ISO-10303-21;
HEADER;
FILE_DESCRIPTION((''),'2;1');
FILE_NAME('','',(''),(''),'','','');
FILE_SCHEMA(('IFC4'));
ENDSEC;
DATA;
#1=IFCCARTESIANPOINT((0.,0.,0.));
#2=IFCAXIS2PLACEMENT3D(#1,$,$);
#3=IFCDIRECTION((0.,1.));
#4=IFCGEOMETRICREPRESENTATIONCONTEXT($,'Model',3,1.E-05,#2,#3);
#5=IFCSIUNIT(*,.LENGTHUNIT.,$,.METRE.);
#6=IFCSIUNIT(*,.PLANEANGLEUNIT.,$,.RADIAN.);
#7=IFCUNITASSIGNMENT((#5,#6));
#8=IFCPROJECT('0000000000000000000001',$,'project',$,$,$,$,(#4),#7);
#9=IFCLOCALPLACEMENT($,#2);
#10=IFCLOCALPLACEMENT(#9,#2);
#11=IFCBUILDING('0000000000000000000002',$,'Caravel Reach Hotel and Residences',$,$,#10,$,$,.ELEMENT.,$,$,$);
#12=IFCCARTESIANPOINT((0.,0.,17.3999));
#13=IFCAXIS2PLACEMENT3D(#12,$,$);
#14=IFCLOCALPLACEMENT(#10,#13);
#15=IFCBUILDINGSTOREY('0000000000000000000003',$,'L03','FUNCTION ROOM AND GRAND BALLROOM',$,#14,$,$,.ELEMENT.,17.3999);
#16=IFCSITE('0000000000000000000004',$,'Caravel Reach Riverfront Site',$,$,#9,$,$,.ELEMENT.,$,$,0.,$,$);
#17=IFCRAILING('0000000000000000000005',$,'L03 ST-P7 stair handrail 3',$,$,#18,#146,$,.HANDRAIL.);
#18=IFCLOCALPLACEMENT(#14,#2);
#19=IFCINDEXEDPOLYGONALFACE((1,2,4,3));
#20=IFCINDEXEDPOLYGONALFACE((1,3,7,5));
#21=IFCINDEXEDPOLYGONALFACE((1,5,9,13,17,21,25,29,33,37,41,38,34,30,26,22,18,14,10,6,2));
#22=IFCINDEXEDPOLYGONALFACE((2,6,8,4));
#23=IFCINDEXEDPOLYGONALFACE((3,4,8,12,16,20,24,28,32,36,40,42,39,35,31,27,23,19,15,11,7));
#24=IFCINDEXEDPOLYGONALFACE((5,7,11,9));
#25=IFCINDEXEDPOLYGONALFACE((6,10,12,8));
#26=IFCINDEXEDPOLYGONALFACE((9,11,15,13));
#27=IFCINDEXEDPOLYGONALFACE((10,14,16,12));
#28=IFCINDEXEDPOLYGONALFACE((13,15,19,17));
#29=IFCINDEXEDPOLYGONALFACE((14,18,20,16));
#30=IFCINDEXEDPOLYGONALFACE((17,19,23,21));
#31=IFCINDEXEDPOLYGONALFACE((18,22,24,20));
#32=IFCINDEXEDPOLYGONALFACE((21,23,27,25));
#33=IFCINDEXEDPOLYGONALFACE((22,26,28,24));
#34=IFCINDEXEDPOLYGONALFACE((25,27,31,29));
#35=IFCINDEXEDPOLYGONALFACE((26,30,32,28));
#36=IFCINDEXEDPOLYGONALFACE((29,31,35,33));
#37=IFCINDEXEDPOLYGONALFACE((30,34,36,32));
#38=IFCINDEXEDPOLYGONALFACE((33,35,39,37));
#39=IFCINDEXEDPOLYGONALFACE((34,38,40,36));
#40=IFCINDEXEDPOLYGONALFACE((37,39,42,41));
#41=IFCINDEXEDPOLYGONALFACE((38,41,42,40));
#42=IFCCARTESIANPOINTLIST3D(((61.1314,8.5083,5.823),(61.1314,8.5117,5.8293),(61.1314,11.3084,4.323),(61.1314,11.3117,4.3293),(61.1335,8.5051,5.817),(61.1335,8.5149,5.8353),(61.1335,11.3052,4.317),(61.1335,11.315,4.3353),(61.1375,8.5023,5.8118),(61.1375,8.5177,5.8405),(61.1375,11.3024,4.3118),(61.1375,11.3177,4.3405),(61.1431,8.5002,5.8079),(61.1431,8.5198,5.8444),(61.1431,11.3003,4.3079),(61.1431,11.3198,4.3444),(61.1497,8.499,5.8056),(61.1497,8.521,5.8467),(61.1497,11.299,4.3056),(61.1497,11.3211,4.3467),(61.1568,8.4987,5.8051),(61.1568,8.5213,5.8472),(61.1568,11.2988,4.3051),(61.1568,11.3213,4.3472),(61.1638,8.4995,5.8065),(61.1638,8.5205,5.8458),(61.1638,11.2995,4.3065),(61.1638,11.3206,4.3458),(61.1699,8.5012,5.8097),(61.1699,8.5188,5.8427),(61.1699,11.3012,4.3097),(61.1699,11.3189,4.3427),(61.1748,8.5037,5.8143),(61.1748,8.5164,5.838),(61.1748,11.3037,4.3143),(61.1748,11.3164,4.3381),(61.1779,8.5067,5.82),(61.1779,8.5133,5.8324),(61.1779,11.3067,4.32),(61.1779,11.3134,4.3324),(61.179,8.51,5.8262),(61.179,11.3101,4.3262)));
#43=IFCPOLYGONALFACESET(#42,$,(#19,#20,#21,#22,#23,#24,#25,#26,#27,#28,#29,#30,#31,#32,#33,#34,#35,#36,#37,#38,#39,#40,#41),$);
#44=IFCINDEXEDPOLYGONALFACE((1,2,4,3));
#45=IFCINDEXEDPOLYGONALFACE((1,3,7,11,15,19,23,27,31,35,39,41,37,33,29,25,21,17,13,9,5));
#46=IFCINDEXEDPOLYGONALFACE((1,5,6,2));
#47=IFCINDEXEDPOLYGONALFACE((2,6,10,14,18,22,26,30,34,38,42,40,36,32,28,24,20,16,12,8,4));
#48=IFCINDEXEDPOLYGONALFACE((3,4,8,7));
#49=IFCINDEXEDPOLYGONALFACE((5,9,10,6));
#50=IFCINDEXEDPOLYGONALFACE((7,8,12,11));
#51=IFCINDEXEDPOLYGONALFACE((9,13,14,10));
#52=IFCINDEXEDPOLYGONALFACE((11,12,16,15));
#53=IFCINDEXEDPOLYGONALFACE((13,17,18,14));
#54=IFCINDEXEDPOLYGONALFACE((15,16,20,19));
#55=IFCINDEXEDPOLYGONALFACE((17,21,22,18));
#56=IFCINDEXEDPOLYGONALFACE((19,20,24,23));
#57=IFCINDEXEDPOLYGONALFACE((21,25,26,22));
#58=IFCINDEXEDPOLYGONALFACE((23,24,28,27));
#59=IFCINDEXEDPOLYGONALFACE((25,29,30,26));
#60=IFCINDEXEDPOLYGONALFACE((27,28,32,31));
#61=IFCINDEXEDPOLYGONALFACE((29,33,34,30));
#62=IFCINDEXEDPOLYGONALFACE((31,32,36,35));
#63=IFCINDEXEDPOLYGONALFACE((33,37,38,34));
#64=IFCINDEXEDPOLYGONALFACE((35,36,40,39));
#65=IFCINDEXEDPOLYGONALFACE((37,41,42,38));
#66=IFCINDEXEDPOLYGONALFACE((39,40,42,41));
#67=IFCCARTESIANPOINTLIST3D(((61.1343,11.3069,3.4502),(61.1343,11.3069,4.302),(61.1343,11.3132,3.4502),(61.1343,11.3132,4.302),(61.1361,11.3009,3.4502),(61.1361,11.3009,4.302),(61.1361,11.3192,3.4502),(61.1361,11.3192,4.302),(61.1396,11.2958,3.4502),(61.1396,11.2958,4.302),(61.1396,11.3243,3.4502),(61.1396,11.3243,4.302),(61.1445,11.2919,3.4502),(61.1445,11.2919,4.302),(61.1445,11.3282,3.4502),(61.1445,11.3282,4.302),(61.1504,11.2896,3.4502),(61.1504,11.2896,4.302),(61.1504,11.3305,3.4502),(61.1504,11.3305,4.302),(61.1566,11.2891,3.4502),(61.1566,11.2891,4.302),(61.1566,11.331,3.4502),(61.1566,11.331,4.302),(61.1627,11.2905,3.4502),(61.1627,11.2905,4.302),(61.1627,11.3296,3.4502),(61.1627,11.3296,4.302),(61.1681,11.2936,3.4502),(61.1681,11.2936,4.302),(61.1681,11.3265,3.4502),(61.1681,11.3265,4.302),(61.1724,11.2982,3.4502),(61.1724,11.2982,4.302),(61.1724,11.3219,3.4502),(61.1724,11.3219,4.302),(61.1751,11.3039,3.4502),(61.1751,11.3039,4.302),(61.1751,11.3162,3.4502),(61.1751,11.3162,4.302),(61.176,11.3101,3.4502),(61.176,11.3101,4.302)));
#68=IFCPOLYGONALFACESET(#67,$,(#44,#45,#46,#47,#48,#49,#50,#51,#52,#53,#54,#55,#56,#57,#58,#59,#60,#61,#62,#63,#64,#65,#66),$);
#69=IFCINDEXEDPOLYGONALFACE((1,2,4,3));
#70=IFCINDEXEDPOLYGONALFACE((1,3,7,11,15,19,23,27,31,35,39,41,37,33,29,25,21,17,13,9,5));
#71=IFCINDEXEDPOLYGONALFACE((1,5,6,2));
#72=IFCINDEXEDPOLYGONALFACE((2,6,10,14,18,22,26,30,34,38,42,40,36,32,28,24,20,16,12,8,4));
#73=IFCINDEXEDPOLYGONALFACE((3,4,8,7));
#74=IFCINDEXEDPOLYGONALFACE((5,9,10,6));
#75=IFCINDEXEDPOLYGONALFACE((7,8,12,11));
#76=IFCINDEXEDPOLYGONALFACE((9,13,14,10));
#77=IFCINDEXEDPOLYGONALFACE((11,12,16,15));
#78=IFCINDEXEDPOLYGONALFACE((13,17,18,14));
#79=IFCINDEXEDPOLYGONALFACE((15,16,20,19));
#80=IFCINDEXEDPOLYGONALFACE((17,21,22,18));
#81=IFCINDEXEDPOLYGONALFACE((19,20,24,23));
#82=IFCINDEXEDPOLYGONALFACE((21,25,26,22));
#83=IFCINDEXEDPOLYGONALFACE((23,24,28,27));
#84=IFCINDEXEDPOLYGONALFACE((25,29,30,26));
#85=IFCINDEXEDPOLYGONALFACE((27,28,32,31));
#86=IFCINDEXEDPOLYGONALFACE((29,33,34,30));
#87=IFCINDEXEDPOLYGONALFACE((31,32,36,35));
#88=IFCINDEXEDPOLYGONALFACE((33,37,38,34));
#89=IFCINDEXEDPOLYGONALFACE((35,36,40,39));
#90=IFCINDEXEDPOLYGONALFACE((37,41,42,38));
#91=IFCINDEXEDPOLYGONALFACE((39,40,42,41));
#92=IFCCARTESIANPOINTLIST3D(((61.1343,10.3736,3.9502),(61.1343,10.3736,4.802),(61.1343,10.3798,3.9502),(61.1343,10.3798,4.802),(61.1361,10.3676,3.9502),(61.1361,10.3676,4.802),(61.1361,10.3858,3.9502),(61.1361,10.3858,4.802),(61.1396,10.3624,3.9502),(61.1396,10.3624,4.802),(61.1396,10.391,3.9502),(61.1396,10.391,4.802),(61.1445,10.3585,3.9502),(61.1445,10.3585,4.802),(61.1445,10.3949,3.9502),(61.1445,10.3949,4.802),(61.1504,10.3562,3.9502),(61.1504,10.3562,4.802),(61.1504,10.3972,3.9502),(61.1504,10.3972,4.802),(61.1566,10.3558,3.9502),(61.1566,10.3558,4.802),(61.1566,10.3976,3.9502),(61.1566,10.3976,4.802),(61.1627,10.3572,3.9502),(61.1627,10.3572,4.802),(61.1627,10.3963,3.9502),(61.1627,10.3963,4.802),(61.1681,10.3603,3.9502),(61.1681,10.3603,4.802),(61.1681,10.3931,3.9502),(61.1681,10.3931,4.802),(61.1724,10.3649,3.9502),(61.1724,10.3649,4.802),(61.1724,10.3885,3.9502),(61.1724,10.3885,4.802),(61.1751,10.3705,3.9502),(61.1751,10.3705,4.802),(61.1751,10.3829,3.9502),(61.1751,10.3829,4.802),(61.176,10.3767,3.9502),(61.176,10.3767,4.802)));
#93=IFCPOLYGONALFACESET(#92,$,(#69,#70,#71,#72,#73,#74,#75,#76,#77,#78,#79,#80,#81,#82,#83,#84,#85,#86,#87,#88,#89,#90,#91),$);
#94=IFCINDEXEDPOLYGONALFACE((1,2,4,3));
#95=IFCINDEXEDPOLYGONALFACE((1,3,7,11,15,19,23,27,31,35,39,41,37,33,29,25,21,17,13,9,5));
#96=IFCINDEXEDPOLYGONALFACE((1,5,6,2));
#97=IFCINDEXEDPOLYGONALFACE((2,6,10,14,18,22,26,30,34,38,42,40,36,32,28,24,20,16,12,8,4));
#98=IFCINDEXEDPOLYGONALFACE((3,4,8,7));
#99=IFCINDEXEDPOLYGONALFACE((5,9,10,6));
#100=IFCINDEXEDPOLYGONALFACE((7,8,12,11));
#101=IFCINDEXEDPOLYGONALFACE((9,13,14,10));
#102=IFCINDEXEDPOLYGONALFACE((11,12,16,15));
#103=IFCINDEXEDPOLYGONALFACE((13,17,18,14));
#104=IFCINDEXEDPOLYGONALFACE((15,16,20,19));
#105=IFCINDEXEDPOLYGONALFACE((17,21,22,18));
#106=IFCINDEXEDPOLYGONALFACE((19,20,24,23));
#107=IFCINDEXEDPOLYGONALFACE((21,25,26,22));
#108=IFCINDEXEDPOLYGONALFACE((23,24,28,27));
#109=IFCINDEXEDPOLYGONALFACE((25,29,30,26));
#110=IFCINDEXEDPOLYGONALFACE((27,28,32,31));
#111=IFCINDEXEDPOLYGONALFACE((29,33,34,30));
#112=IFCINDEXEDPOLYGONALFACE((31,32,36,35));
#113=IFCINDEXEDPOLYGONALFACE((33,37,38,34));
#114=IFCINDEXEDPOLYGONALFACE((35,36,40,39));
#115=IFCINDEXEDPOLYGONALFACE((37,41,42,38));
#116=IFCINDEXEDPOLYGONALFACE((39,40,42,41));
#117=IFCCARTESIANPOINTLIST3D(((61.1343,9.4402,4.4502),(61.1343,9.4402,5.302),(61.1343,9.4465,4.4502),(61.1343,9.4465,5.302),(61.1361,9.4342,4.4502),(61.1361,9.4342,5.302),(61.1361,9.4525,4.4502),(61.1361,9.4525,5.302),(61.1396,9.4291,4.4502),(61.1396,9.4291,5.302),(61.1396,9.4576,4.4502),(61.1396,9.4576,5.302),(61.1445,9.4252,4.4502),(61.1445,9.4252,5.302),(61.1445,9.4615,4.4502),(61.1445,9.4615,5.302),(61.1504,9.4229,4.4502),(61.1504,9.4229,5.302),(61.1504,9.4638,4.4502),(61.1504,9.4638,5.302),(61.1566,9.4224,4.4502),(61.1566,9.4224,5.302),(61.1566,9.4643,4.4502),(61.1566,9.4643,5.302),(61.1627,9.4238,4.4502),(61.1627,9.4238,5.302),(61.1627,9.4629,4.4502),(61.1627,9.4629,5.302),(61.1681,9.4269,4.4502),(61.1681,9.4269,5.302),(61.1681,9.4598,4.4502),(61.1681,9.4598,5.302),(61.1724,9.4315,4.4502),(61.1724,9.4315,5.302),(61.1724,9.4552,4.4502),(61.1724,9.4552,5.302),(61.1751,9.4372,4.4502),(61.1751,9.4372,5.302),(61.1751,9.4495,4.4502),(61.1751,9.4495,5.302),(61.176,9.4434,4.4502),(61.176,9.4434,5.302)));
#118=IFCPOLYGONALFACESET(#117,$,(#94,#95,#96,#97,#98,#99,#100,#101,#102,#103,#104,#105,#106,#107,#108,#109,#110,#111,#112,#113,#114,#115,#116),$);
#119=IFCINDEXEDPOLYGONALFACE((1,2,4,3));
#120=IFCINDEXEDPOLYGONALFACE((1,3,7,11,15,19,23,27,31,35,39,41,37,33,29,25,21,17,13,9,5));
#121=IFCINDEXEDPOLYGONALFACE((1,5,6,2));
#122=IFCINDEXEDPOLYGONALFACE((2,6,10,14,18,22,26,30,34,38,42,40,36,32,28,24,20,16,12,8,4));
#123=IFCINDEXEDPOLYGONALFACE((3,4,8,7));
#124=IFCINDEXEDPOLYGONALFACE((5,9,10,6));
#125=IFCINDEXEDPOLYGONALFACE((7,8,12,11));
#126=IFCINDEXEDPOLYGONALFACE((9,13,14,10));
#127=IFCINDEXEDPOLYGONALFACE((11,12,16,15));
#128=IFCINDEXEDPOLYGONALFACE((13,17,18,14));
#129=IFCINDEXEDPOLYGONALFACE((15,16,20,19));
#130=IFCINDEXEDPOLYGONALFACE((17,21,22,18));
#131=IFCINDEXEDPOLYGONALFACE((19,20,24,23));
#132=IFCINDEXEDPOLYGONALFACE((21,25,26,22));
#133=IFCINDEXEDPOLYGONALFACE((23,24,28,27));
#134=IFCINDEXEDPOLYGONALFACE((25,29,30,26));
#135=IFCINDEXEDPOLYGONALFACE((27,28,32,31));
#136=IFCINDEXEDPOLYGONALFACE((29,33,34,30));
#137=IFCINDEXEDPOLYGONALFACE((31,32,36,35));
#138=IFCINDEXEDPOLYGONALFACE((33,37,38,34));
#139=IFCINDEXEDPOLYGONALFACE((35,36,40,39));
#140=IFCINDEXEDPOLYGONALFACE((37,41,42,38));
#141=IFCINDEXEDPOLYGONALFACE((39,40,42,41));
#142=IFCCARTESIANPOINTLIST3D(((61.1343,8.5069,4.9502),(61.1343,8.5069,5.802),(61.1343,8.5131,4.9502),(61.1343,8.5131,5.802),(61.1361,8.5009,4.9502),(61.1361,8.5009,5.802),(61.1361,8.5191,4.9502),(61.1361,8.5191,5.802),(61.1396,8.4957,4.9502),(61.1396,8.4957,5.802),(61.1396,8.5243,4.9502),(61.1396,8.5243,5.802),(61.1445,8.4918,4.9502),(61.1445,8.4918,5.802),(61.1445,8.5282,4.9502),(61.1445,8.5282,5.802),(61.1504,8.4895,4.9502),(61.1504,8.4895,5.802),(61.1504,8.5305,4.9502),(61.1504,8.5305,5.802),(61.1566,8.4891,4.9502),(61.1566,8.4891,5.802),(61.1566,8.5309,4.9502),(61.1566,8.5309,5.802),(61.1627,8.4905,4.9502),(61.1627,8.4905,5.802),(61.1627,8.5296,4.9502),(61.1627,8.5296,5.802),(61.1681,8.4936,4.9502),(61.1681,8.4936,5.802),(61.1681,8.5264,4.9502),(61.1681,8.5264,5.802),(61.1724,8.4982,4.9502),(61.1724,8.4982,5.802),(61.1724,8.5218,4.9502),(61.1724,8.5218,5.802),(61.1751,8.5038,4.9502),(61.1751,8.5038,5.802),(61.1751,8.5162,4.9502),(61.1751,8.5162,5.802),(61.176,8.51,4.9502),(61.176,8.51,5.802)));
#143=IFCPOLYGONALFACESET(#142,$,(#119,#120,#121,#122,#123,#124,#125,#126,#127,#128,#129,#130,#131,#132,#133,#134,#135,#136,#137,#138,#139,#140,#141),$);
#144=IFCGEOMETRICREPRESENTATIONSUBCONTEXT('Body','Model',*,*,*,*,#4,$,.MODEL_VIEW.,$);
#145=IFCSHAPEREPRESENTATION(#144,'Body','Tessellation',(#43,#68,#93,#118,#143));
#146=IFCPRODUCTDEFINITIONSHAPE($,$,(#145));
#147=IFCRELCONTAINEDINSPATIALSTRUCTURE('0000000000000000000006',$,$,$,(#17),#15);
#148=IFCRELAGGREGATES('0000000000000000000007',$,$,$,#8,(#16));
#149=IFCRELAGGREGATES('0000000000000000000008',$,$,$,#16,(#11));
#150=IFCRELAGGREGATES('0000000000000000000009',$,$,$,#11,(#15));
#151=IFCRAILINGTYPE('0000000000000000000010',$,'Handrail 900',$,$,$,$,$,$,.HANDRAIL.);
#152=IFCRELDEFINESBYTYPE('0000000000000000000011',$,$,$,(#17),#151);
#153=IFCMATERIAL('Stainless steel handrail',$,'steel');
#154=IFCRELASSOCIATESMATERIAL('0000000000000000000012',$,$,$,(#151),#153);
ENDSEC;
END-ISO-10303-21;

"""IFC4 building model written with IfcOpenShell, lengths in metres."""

from ifc_helpers import new_model, si_unit, direction, frame, origin, origin_2d, place, context, subcontext, project, spatial, circle, extrude, material, type_object, element, save


model = new_model("IFC4")

# Units and contexts
model_context = context("Model", 3, precision=1e-05, world=origin(), true_north=direction((0.0, 1.0)))
body_context = subcontext(model_context, "Body", "Model", "MODEL_VIEW")
ifc_project = project(units=[si_unit("LENGTHUNIT", "METRE"), si_unit("PLANEANGLEUNIT", "RADIAN")], contexts=[model_context])

# Site, building, storey
site_placement = place(None, origin())
site = spatial("IfcSite", under=ifc_project, at=site_placement, Name="Caravel Reach Riverfront Site", CompositionType="ELEMENT", RefElevation=0.0)
building_placement = place(site_placement, origin())
building = spatial("IfcBuilding", under=site, at=building_placement, Name="Caravel Reach Hotel and Residences", CompositionType="ELEMENT")
storey_placement = place(building_placement, frame((0.0, 0.0, 17.3999)))
storey = spatial("IfcBuildingStorey", under=building, at=storey_placement, Name="L03", Description="FUNCTION ROOM AND GRAND BALLROOM", CompositionType="ELEMENT", Elevation=17.3999)

# Railing
ifc_material_1 = material(Name="Stainless steel handrail", Category="steel")
railing_type_1 = type_object("IfcRailingType", Name="Handrail 900", PredefinedType="HANDRAIL", material=ifc_material_1)
for number, where, name in (
    (1, (61.155, 11.3101, 3.4502), "L03 ST-P7 stair handrail 3"),
):
    element("IfcRailing", number, at=place(storey_placement, frame(where)), inside=storey, type_object=railing_type_1, Name=name, PredefinedType="HANDRAIL", context=body_context, shape_type="SweptSolid", body=[
        extrude(circle(Radius=0.0239, at=origin_2d()), frame((0.0, 0.0, 0.876), z_axis=(0.0, -0.881483, 0.472215), x_axis=(1.0, 0.0, 0.0)), (0.0, 0.0, 1.0), 3.1765),
        extrude(circle(Radius=0.021, at=origin_2d()), origin(), (0.0, 0.0, 1.0), 0.8518),
        extrude(circle(Radius=0.021, at=origin_2d()), frame((0.0, -0.9333, 0.5)), (0.0, 0.0, 1.0), 0.8518),
        extrude(circle(Radius=0.021, at=origin_2d()), frame((0.0, -1.8667, 1.0)), (0.0, 0.0, 1.0), 0.8518),
        extrude(circle(Radius=0.021, at=origin_2d()), frame((0.0, -2.8, 1.5)), (0.0, 0.0, 1.0), 0.8518),
    ])

save(model, "model.ifc")
